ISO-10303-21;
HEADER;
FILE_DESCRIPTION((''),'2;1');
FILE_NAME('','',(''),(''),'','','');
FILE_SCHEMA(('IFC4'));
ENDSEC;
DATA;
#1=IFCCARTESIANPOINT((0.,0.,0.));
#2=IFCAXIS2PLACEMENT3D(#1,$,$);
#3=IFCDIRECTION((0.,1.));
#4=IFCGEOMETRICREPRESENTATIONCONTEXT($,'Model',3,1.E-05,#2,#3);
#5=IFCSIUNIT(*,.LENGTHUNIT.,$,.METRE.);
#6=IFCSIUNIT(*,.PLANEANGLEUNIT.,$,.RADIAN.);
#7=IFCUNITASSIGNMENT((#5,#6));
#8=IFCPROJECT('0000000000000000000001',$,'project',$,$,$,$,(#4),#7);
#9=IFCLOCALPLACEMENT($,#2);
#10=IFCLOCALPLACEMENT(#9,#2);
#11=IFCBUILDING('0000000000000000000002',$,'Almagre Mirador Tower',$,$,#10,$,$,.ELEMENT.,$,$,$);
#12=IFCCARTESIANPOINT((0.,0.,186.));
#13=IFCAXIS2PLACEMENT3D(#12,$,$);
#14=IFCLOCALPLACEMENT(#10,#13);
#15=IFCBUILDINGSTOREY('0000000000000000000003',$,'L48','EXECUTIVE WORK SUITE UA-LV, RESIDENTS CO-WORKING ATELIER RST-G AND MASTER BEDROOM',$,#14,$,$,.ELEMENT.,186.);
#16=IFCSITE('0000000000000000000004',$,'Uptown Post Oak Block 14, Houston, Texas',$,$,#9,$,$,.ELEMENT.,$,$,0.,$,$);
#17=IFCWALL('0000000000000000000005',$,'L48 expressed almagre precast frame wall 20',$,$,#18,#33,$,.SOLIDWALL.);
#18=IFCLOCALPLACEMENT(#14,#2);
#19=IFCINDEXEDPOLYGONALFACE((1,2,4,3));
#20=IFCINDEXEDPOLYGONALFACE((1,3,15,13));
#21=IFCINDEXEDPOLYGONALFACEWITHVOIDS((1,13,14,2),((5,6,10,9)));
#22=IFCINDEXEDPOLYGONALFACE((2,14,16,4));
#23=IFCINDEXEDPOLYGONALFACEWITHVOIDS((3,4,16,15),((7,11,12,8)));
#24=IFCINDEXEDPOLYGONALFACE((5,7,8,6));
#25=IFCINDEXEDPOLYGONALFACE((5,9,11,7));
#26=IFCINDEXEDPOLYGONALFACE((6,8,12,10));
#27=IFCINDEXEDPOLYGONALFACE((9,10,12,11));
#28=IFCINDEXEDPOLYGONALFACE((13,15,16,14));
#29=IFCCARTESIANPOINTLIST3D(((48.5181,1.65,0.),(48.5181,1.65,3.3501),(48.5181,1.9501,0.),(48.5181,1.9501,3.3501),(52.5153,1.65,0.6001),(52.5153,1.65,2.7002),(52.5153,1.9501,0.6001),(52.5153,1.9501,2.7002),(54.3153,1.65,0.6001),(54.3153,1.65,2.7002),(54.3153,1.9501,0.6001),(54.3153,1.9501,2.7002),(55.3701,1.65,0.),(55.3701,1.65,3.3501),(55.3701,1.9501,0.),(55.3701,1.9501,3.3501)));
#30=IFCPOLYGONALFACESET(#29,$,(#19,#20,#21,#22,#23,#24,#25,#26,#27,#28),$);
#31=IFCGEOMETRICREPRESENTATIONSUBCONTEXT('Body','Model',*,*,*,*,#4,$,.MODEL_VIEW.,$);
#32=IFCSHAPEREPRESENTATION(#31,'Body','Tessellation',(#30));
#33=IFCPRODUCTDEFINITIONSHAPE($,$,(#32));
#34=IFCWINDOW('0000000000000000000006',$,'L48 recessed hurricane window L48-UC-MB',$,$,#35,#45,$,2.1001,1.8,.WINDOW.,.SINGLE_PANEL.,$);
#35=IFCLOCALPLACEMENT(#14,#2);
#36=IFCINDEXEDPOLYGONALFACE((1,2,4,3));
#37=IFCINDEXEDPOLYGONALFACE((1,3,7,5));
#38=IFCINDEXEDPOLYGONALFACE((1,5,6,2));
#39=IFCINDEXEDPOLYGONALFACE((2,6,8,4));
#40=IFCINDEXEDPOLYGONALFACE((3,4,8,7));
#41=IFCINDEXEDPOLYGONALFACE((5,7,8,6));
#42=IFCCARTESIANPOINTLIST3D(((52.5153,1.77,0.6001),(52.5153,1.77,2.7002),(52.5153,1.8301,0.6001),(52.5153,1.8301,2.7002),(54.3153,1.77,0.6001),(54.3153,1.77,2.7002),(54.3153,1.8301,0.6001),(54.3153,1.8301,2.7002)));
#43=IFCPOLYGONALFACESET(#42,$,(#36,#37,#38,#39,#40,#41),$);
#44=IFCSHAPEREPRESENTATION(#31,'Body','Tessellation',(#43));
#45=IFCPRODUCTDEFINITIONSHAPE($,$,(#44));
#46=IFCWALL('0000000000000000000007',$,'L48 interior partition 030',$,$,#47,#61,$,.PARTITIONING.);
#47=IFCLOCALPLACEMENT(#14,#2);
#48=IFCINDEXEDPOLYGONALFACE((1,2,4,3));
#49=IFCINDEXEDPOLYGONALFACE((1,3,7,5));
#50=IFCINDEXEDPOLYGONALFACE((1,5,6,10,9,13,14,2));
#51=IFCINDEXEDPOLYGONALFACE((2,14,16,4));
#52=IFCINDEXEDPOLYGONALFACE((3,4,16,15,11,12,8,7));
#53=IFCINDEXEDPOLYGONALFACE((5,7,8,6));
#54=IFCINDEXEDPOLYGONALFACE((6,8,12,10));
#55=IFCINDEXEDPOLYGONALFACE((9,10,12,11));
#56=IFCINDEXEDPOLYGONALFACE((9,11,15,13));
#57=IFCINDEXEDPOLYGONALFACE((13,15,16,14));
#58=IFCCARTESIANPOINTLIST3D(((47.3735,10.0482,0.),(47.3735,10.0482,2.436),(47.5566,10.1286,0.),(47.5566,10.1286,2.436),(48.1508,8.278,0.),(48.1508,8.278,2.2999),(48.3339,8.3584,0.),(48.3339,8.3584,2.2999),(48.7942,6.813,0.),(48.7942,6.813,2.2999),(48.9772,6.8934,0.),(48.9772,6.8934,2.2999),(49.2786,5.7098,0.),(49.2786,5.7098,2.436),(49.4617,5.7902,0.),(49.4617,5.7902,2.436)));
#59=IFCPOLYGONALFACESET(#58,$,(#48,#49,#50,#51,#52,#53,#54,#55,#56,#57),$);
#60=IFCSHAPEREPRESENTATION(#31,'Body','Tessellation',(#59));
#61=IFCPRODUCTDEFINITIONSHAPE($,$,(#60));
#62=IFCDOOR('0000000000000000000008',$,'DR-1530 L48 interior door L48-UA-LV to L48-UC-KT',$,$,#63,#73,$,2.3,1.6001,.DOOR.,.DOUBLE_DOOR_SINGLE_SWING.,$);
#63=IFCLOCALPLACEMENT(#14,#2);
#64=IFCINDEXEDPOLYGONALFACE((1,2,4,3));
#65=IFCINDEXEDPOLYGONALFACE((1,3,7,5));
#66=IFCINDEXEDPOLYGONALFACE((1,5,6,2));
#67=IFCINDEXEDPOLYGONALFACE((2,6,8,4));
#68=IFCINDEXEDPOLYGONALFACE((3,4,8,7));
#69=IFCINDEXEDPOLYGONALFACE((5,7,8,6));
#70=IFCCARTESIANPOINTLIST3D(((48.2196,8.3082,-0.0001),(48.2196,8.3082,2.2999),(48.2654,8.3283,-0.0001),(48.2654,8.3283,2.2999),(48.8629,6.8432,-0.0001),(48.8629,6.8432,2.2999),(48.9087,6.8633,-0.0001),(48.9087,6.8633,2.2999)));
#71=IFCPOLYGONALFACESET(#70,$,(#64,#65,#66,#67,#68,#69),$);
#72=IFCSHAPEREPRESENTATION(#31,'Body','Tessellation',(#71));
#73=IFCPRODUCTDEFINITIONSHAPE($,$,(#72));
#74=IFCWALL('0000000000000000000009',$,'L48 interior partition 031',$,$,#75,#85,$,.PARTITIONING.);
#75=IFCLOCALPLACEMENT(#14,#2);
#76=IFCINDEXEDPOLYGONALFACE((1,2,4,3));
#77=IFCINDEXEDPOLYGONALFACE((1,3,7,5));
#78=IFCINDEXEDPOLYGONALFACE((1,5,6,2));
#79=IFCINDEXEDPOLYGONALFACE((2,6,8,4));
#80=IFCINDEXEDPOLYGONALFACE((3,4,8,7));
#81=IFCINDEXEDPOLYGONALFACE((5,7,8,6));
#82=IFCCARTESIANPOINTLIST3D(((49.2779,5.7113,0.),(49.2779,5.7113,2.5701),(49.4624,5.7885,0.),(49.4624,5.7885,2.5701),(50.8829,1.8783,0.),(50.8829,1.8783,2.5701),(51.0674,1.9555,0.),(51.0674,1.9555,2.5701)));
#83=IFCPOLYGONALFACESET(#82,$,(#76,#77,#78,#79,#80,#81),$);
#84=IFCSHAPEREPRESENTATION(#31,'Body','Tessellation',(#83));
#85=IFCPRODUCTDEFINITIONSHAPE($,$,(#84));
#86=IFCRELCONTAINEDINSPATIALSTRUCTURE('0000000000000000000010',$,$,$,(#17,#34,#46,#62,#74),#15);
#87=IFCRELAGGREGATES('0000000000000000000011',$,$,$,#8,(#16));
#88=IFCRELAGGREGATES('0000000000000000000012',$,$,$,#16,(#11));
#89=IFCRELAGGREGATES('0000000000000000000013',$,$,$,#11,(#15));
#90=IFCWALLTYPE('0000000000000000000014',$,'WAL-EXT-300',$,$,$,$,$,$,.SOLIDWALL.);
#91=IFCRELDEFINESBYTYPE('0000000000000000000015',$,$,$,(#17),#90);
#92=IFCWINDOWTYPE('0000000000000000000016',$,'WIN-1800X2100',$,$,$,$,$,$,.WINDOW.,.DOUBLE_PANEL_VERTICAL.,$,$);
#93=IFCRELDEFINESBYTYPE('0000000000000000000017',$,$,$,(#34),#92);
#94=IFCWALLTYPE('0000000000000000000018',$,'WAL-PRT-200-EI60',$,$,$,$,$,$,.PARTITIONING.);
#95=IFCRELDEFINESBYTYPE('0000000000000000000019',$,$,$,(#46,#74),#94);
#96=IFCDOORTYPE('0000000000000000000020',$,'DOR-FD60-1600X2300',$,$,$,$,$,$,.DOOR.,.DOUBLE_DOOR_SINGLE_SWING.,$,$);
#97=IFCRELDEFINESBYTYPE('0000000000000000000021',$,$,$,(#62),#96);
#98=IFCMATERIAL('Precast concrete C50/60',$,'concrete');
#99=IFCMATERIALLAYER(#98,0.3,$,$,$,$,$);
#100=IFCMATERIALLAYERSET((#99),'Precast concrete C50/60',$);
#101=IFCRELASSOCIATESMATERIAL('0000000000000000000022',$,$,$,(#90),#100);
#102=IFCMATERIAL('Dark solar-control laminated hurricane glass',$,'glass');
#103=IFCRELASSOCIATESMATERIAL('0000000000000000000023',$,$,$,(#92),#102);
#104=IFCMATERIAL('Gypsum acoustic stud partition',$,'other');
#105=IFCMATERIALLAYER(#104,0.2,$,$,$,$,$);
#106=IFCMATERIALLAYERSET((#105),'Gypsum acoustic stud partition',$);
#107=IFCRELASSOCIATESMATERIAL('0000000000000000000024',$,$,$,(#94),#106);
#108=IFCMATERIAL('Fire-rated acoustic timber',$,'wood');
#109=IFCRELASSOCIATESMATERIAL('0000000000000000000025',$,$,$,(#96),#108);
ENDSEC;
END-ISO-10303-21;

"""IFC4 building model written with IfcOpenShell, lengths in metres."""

from ifc_helpers import new_model, si_unit, direction, frame, frame_2d, origin, place, context, subcontext, project, spatial, rectangle, extrude, material, layer, layer_set, type_object, element, fill, save


model = new_model("IFC4")

# Units and contexts
model_context = context("Model", 3, precision=1e-05, world=origin(), true_north=direction((0.0, 1.0)))
body_context = subcontext(model_context, "Body", "Model", "MODEL_VIEW")
ifc_project = project(units=[si_unit("LENGTHUNIT", "METRE"), si_unit("PLANEANGLEUNIT", "RADIAN")], contexts=[model_context])

# Site, building, storey
site_placement = place(None, origin())
site = spatial("IfcSite", under=ifc_project, at=site_placement, Name="Uptown Post Oak Block 14, Houston, Texas", CompositionType="ELEMENT", RefElevation=0.0)
building_placement = place(site_placement, origin())
building = spatial("IfcBuilding", under=site, at=building_placement, Name="Almagre Mirador Tower", CompositionType="ELEMENT")
storey_placement = place(building_placement, frame((0.0, 0.0, 186.0)))
storey = spatial("IfcBuildingStorey", under=building, at=storey_placement, Name="L48", Description="EXECUTIVE WORK SUITE UA-LV, RESIDENTS CO-WORKING ATELIER RST-G AND MASTER BEDROOM", CompositionType="ELEMENT", Elevation=186.0)

# Shared definitions
ifc_material_1 = material(Name="Precast concrete C50/60", Category="concrete")
ifc_layer_1 = layer(ifc_material_1, 0.3)
ifc_layer_set_1 = layer_set([ifc_layer_1], Name="Precast concrete C50/60")
wall_type_1 = type_object("IfcWallType", Name="WAL-EXT-300", PredefinedType="SOLIDWALL", material=ifc_layer_set_1)

# Wall, opening, window
wall_1_placement = place(storey_placement, frame((55.3701, 1.8, 0.0), z_axis=(0.0, 0.0, 1.0), x_axis=(-1.0, 0.0, 0.0)))
wall_1 = element("IfcWall", 1, at=wall_1_placement, inside=storey, type_object=wall_type_1, Name="L48 expressed almagre precast frame wall 20", PredefinedType="SOLIDWALL", context=body_context, shape_type="SweptSolid", body=[
    extrude(rectangle(XDim=6.8521, YDim=0.3, at=frame_2d((3.426, 0.0))), origin(), (0.0, 0.0, 1.0), 3.3501),
])
opening_1_placement = place(wall_1_placement, frame((1.0549, 0.0, 0.6001)))
opening_1 = element("IfcOpeningElement", 2, at=opening_1_placement, cuts=wall_1, PredefinedType="OPENING", context=body_context, shape_type="SweptSolid", body=[
    extrude(rectangle(XDim=1.8, YDim=2.1001, at=frame_2d((0.8999, 1.05))), frame((0.0, 0.1599, 0.0), z_axis=(0.0, -1.0, 0.0), x_axis=(1.0, 0.0, 0.0)), (0.0, 0.0, 1.0), 0.32),
])
ifc_material_2 = material(Name="Dark solar-control laminated hurricane glass", Category="glass")
window_type_1 = type_object("IfcWindowType", Name="WIN-1800X2100", PartitioningType="DOUBLE_PANEL_VERTICAL", PredefinedType="WINDOW", material=ifc_material_2)
window_1_placement = place(opening_1_placement, origin())
window_1 = element("IfcWindow", 3, at=window_1_placement, inside=storey, type_object=window_type_1, Name="L48 recessed hurricane window L48-UC-MB", OverallHeight=2.1001, OverallWidth=1.8, PartitioningType="SINGLE_PANEL", PredefinedType="WINDOW", context=body_context, shape_type="SweptSolid", body=[
    extrude(rectangle(XDim=1.8, YDim=2.1001, at=frame_2d((0.8999, 1.05))), frame((0.0, 0.03, 0.0), z_axis=(0.0, -1.0, 0.0), x_axis=(1.0, 0.0, 0.0)), (0.0, 0.0, 1.0), 0.0601),
])
fill(opening_1, window_1)

# Wall, opening, door
ifc_material_3 = material(Name="Gypsum acoustic stud partition", Category="other")
ifc_layer_2 = layer(ifc_material_3, 0.2)
ifc_layer_set_2 = layer_set([ifc_layer_2], Name="Gypsum acoustic stud partition")
wall_type_2 = type_object("IfcWallType", Name="WAL-PRT-200-EI60", PredefinedType="PARTITIONING", material=ifc_layer_set_2)
wall_2_placement = place(storey_placement, frame((49.3701, 5.75, 0.0), z_axis=(0.0, 0.0, 1.0), x_axis=(-0.402056, 0.915615, 0.0)))
wall_2 = element("IfcWall", 4, at=wall_2_placement, inside=storey, type_object=wall_type_2, Name="L48 interior partition 030", PredefinedType="PARTITIONING", context=body_context, shape_type="SweptSolid", body=[
    extrude(rectangle(XDim=4.7383, YDim=0.2, at=frame_2d((2.3691, 0.0))), origin(), (0.0, 0.0, 1.0), 2.436),
])
opening_2_placement = place(wall_2_placement, frame((1.2048, 0.0, 0.0)))
opening_2 = element("IfcOpeningElement", 5, at=opening_2_placement, cuts=wall_2, PredefinedType="OPENING", context=body_context, shape_type="SweptSolid", body=[
    extrude(rectangle(XDim=1.6001, YDim=2.3, at=frame_2d((0.8, 1.1499))), frame((0.0, 0.1101, 0.0), z_axis=(0.0, -1.0, 0.0), x_axis=(1.0, 0.0, 0.0)), (0.0, 0.0, 1.0), 0.22),
])
ifc_material_4 = material(Name="Fire-rated acoustic timber", Category="wood")
door_type = type_object("IfcDoorType", Name="DOR-FD60-1600X2300", OperationType="DOUBLE_DOOR_SINGLE_SWING", PredefinedType="DOOR", material=ifc_material_4)
door_placement = place(opening_2_placement, origin())
door = element("IfcDoor", 6, at=door_placement, inside=storey, type_object=door_type, Name="DR-1530 L48 interior door L48-UA-LV to L48-UC-KT", OperationType="DOUBLE_DOOR_SINGLE_SWING", OverallHeight=2.3, OverallWidth=1.6001, PredefinedType="DOOR", context=body_context, shape_type="SweptSolid", body=[
    extrude(rectangle(XDim=1.6001, YDim=2.3, at=frame_2d((0.8, 1.1499))), frame((0.0, 0.0249, 0.0), z_axis=(0.0, -1.0, 0.0), x_axis=(1.0, 0.0, 0.0)), (0.0, 0.0, 1.0), 0.05),
])
fill(opening_2, door)

# Wall
wall_3_placement = place(storey_placement, frame((50.9751, 1.917, 0.0), z_axis=(0.0, 0.0, 1.0), x_axis=(-0.386233, 0.922401, 0.0)))
element("IfcWall", 7, at=wall_3_placement, inside=storey, type_object=wall_type_2, Name="L48 interior partition 031", PredefinedType="PARTITIONING", context=body_context, shape_type="SweptSolid", body=[
    extrude(rectangle(XDim=4.1555, YDim=0.2, at=frame_2d((2.0776, 0.0))), origin(), (0.0, 0.0, 1.0), 2.5701),
])

save(model, "model.ifc")
